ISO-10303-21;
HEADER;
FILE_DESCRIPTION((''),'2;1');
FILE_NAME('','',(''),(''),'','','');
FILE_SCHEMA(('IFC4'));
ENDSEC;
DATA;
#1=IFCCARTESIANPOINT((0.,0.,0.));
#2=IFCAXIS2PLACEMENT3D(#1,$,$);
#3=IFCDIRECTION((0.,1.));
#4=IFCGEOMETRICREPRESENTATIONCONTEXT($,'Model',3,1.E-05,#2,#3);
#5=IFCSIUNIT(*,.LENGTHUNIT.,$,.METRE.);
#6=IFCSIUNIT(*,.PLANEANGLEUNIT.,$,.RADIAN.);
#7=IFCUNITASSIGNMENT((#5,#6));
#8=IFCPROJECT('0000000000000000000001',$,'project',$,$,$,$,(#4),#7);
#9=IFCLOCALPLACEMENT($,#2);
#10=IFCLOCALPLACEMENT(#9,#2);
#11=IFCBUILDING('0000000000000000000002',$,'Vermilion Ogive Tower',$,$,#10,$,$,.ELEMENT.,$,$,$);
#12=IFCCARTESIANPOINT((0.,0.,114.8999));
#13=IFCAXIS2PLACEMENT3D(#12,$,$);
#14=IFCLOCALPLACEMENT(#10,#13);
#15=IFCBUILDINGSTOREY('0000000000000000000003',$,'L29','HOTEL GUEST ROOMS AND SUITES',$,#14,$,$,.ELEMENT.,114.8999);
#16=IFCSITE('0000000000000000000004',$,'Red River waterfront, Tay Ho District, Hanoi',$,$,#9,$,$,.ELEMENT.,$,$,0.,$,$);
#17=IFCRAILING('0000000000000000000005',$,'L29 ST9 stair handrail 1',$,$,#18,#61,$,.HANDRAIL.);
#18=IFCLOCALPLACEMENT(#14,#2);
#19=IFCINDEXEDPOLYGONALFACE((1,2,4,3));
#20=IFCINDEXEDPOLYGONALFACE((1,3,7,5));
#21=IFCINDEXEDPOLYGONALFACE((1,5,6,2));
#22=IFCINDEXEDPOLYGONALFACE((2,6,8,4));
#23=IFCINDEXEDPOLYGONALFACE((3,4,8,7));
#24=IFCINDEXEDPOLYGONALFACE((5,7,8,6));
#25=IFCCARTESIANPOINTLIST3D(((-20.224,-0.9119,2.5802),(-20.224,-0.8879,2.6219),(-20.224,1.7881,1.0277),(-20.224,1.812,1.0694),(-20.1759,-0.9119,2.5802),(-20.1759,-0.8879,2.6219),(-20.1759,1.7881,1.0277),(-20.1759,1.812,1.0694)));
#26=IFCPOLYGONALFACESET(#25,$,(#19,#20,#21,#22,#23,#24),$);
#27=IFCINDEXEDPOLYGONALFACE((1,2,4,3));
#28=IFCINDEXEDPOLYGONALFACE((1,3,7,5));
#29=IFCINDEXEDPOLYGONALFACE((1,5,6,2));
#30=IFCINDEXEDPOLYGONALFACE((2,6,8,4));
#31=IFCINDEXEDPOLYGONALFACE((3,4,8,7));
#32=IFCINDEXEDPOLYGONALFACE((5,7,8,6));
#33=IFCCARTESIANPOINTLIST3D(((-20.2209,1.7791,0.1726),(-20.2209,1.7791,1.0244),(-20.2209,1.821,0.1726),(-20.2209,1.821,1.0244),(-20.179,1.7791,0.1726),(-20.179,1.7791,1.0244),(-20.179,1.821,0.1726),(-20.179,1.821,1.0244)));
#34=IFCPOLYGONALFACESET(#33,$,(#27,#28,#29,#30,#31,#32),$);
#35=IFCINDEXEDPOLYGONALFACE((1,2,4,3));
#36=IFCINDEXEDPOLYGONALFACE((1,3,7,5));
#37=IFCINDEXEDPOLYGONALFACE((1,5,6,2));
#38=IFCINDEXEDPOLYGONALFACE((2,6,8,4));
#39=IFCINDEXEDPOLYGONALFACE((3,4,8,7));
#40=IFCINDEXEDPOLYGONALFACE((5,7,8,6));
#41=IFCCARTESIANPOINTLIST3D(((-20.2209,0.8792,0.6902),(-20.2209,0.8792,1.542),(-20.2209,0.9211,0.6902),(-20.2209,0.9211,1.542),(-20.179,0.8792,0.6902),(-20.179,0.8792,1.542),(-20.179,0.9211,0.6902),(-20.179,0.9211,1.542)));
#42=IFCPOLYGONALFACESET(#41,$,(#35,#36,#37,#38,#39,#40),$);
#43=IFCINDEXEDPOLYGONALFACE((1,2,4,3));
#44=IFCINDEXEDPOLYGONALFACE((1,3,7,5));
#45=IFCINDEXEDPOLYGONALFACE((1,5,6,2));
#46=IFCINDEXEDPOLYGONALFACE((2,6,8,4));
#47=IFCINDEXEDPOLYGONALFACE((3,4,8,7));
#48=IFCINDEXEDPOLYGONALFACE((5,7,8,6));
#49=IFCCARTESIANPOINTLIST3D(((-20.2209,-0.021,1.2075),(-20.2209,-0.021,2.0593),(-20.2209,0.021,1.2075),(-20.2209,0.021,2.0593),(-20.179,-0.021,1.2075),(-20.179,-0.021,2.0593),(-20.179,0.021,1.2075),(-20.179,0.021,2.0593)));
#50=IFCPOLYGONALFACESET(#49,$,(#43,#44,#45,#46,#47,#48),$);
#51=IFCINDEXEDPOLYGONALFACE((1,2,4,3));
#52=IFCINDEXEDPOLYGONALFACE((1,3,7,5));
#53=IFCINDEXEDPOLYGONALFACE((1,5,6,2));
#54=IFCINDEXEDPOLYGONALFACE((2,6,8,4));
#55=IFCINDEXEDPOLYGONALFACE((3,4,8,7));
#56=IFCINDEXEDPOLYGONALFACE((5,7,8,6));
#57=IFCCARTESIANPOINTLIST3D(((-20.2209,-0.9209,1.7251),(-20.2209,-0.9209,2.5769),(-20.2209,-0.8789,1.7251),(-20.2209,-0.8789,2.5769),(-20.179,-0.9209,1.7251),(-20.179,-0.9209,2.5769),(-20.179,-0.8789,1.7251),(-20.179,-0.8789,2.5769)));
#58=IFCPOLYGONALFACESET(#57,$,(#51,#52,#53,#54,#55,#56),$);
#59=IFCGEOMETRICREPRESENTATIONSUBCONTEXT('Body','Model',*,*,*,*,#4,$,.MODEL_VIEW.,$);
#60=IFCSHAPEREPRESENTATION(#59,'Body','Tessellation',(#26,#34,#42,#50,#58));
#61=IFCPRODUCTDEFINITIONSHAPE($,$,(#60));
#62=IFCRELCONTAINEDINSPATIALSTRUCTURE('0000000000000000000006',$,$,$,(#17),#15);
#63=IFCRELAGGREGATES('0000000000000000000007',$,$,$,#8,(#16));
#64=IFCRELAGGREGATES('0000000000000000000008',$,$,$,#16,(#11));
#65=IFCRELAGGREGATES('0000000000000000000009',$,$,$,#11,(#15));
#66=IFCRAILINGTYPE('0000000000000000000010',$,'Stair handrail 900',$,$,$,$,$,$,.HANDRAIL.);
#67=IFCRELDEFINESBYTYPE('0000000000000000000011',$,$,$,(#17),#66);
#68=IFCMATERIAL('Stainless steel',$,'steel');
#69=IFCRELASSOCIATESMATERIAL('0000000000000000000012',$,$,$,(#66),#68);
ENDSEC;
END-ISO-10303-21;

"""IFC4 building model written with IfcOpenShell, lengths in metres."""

from ifc_helpers import new_model, si_unit, direction, frame, origin, origin_2d, place, context, subcontext, project, spatial, rectangle, extrude, material, type_object, element, save


model = new_model("IFC4")

# Units and contexts
model_context = context("Model", 3, precision=1e-05, world=origin(), true_north=direction((0.0, 1.0)))
body_context = subcontext(model_context, "Body", "Model", "MODEL_VIEW")
ifc_project = project(units=[si_unit("LENGTHUNIT", "METRE"), si_unit("PLANEANGLEUNIT", "RADIAN")], contexts=[model_context])

# Site, building, storey
site_placement = place(None, origin())
site = spatial("IfcSite", under=ifc_project, at=site_placement, Name="Red River waterfront, Tay Ho District, Hanoi", CompositionType="ELEMENT", RefElevation=0.0)
building_placement = place(site_placement, origin())
building = spatial("IfcBuilding", under=site, at=building_placement, Name="Vermilion Ogive Tower", CompositionType="ELEMENT")
storey_placement = place(building_placement, frame((0.0, 0.0, 114.8999)))
storey = spatial("IfcBuildingStorey", under=building, at=storey_placement, Name="L29", Description="HOTEL GUEST ROOMS AND SUITES", CompositionType="ELEMENT", Elevation=114.8999)

# Railing
ifc_material_1 = material(Name="Stainless steel", Category="steel")
railing_type_1 = type_object("IfcRailingType", Name="Stair handrail 900", PredefinedType="HANDRAIL", material=ifc_material_1)
railing_1_placement = place(storey_placement, frame((-20.2, 1.8, 0.1726)))
element("IfcRailing", 1, at=railing_1_placement, inside=storey, type_object=railing_type_1, Name="L29 ST9 stair handrail 1", PredefinedType="HANDRAIL", context=body_context, shape_type="SweptSolid", body=[
    extrude(rectangle(XDim=0.0481, YDim=0.0481, at=origin_2d()), frame((0.0, 0.0, 0.876), z_axis=(0.0, -0.866904, 0.498476), x_axis=(1.0, 0.0, 0.0)), (0.0, 0.0, 1.0), 3.1145),
    extrude(rectangle(XDim=0.042, YDim=0.042, at=origin_2d()), origin(), (0.0, 0.0, 1.0), 0.8518),
    extrude(rectangle(XDim=0.042, YDim=0.042, at=origin_2d()), frame((0.0, -0.8999, 0.5176)), (0.0, 0.0, 1.0), 0.8518),
    extrude(rectangle(XDim=0.042, YDim=0.042, at=origin_2d()), frame((0.0, -1.8, 1.0349)), (0.0, 0.0, 1.0), 0.8518),
    extrude(rectangle(XDim=0.042, YDim=0.042, at=origin_2d()), frame((0.0, -2.7, 1.5525)), (0.0, 0.0, 1.0), 0.8518),
])

save(model, "model.ifc")
